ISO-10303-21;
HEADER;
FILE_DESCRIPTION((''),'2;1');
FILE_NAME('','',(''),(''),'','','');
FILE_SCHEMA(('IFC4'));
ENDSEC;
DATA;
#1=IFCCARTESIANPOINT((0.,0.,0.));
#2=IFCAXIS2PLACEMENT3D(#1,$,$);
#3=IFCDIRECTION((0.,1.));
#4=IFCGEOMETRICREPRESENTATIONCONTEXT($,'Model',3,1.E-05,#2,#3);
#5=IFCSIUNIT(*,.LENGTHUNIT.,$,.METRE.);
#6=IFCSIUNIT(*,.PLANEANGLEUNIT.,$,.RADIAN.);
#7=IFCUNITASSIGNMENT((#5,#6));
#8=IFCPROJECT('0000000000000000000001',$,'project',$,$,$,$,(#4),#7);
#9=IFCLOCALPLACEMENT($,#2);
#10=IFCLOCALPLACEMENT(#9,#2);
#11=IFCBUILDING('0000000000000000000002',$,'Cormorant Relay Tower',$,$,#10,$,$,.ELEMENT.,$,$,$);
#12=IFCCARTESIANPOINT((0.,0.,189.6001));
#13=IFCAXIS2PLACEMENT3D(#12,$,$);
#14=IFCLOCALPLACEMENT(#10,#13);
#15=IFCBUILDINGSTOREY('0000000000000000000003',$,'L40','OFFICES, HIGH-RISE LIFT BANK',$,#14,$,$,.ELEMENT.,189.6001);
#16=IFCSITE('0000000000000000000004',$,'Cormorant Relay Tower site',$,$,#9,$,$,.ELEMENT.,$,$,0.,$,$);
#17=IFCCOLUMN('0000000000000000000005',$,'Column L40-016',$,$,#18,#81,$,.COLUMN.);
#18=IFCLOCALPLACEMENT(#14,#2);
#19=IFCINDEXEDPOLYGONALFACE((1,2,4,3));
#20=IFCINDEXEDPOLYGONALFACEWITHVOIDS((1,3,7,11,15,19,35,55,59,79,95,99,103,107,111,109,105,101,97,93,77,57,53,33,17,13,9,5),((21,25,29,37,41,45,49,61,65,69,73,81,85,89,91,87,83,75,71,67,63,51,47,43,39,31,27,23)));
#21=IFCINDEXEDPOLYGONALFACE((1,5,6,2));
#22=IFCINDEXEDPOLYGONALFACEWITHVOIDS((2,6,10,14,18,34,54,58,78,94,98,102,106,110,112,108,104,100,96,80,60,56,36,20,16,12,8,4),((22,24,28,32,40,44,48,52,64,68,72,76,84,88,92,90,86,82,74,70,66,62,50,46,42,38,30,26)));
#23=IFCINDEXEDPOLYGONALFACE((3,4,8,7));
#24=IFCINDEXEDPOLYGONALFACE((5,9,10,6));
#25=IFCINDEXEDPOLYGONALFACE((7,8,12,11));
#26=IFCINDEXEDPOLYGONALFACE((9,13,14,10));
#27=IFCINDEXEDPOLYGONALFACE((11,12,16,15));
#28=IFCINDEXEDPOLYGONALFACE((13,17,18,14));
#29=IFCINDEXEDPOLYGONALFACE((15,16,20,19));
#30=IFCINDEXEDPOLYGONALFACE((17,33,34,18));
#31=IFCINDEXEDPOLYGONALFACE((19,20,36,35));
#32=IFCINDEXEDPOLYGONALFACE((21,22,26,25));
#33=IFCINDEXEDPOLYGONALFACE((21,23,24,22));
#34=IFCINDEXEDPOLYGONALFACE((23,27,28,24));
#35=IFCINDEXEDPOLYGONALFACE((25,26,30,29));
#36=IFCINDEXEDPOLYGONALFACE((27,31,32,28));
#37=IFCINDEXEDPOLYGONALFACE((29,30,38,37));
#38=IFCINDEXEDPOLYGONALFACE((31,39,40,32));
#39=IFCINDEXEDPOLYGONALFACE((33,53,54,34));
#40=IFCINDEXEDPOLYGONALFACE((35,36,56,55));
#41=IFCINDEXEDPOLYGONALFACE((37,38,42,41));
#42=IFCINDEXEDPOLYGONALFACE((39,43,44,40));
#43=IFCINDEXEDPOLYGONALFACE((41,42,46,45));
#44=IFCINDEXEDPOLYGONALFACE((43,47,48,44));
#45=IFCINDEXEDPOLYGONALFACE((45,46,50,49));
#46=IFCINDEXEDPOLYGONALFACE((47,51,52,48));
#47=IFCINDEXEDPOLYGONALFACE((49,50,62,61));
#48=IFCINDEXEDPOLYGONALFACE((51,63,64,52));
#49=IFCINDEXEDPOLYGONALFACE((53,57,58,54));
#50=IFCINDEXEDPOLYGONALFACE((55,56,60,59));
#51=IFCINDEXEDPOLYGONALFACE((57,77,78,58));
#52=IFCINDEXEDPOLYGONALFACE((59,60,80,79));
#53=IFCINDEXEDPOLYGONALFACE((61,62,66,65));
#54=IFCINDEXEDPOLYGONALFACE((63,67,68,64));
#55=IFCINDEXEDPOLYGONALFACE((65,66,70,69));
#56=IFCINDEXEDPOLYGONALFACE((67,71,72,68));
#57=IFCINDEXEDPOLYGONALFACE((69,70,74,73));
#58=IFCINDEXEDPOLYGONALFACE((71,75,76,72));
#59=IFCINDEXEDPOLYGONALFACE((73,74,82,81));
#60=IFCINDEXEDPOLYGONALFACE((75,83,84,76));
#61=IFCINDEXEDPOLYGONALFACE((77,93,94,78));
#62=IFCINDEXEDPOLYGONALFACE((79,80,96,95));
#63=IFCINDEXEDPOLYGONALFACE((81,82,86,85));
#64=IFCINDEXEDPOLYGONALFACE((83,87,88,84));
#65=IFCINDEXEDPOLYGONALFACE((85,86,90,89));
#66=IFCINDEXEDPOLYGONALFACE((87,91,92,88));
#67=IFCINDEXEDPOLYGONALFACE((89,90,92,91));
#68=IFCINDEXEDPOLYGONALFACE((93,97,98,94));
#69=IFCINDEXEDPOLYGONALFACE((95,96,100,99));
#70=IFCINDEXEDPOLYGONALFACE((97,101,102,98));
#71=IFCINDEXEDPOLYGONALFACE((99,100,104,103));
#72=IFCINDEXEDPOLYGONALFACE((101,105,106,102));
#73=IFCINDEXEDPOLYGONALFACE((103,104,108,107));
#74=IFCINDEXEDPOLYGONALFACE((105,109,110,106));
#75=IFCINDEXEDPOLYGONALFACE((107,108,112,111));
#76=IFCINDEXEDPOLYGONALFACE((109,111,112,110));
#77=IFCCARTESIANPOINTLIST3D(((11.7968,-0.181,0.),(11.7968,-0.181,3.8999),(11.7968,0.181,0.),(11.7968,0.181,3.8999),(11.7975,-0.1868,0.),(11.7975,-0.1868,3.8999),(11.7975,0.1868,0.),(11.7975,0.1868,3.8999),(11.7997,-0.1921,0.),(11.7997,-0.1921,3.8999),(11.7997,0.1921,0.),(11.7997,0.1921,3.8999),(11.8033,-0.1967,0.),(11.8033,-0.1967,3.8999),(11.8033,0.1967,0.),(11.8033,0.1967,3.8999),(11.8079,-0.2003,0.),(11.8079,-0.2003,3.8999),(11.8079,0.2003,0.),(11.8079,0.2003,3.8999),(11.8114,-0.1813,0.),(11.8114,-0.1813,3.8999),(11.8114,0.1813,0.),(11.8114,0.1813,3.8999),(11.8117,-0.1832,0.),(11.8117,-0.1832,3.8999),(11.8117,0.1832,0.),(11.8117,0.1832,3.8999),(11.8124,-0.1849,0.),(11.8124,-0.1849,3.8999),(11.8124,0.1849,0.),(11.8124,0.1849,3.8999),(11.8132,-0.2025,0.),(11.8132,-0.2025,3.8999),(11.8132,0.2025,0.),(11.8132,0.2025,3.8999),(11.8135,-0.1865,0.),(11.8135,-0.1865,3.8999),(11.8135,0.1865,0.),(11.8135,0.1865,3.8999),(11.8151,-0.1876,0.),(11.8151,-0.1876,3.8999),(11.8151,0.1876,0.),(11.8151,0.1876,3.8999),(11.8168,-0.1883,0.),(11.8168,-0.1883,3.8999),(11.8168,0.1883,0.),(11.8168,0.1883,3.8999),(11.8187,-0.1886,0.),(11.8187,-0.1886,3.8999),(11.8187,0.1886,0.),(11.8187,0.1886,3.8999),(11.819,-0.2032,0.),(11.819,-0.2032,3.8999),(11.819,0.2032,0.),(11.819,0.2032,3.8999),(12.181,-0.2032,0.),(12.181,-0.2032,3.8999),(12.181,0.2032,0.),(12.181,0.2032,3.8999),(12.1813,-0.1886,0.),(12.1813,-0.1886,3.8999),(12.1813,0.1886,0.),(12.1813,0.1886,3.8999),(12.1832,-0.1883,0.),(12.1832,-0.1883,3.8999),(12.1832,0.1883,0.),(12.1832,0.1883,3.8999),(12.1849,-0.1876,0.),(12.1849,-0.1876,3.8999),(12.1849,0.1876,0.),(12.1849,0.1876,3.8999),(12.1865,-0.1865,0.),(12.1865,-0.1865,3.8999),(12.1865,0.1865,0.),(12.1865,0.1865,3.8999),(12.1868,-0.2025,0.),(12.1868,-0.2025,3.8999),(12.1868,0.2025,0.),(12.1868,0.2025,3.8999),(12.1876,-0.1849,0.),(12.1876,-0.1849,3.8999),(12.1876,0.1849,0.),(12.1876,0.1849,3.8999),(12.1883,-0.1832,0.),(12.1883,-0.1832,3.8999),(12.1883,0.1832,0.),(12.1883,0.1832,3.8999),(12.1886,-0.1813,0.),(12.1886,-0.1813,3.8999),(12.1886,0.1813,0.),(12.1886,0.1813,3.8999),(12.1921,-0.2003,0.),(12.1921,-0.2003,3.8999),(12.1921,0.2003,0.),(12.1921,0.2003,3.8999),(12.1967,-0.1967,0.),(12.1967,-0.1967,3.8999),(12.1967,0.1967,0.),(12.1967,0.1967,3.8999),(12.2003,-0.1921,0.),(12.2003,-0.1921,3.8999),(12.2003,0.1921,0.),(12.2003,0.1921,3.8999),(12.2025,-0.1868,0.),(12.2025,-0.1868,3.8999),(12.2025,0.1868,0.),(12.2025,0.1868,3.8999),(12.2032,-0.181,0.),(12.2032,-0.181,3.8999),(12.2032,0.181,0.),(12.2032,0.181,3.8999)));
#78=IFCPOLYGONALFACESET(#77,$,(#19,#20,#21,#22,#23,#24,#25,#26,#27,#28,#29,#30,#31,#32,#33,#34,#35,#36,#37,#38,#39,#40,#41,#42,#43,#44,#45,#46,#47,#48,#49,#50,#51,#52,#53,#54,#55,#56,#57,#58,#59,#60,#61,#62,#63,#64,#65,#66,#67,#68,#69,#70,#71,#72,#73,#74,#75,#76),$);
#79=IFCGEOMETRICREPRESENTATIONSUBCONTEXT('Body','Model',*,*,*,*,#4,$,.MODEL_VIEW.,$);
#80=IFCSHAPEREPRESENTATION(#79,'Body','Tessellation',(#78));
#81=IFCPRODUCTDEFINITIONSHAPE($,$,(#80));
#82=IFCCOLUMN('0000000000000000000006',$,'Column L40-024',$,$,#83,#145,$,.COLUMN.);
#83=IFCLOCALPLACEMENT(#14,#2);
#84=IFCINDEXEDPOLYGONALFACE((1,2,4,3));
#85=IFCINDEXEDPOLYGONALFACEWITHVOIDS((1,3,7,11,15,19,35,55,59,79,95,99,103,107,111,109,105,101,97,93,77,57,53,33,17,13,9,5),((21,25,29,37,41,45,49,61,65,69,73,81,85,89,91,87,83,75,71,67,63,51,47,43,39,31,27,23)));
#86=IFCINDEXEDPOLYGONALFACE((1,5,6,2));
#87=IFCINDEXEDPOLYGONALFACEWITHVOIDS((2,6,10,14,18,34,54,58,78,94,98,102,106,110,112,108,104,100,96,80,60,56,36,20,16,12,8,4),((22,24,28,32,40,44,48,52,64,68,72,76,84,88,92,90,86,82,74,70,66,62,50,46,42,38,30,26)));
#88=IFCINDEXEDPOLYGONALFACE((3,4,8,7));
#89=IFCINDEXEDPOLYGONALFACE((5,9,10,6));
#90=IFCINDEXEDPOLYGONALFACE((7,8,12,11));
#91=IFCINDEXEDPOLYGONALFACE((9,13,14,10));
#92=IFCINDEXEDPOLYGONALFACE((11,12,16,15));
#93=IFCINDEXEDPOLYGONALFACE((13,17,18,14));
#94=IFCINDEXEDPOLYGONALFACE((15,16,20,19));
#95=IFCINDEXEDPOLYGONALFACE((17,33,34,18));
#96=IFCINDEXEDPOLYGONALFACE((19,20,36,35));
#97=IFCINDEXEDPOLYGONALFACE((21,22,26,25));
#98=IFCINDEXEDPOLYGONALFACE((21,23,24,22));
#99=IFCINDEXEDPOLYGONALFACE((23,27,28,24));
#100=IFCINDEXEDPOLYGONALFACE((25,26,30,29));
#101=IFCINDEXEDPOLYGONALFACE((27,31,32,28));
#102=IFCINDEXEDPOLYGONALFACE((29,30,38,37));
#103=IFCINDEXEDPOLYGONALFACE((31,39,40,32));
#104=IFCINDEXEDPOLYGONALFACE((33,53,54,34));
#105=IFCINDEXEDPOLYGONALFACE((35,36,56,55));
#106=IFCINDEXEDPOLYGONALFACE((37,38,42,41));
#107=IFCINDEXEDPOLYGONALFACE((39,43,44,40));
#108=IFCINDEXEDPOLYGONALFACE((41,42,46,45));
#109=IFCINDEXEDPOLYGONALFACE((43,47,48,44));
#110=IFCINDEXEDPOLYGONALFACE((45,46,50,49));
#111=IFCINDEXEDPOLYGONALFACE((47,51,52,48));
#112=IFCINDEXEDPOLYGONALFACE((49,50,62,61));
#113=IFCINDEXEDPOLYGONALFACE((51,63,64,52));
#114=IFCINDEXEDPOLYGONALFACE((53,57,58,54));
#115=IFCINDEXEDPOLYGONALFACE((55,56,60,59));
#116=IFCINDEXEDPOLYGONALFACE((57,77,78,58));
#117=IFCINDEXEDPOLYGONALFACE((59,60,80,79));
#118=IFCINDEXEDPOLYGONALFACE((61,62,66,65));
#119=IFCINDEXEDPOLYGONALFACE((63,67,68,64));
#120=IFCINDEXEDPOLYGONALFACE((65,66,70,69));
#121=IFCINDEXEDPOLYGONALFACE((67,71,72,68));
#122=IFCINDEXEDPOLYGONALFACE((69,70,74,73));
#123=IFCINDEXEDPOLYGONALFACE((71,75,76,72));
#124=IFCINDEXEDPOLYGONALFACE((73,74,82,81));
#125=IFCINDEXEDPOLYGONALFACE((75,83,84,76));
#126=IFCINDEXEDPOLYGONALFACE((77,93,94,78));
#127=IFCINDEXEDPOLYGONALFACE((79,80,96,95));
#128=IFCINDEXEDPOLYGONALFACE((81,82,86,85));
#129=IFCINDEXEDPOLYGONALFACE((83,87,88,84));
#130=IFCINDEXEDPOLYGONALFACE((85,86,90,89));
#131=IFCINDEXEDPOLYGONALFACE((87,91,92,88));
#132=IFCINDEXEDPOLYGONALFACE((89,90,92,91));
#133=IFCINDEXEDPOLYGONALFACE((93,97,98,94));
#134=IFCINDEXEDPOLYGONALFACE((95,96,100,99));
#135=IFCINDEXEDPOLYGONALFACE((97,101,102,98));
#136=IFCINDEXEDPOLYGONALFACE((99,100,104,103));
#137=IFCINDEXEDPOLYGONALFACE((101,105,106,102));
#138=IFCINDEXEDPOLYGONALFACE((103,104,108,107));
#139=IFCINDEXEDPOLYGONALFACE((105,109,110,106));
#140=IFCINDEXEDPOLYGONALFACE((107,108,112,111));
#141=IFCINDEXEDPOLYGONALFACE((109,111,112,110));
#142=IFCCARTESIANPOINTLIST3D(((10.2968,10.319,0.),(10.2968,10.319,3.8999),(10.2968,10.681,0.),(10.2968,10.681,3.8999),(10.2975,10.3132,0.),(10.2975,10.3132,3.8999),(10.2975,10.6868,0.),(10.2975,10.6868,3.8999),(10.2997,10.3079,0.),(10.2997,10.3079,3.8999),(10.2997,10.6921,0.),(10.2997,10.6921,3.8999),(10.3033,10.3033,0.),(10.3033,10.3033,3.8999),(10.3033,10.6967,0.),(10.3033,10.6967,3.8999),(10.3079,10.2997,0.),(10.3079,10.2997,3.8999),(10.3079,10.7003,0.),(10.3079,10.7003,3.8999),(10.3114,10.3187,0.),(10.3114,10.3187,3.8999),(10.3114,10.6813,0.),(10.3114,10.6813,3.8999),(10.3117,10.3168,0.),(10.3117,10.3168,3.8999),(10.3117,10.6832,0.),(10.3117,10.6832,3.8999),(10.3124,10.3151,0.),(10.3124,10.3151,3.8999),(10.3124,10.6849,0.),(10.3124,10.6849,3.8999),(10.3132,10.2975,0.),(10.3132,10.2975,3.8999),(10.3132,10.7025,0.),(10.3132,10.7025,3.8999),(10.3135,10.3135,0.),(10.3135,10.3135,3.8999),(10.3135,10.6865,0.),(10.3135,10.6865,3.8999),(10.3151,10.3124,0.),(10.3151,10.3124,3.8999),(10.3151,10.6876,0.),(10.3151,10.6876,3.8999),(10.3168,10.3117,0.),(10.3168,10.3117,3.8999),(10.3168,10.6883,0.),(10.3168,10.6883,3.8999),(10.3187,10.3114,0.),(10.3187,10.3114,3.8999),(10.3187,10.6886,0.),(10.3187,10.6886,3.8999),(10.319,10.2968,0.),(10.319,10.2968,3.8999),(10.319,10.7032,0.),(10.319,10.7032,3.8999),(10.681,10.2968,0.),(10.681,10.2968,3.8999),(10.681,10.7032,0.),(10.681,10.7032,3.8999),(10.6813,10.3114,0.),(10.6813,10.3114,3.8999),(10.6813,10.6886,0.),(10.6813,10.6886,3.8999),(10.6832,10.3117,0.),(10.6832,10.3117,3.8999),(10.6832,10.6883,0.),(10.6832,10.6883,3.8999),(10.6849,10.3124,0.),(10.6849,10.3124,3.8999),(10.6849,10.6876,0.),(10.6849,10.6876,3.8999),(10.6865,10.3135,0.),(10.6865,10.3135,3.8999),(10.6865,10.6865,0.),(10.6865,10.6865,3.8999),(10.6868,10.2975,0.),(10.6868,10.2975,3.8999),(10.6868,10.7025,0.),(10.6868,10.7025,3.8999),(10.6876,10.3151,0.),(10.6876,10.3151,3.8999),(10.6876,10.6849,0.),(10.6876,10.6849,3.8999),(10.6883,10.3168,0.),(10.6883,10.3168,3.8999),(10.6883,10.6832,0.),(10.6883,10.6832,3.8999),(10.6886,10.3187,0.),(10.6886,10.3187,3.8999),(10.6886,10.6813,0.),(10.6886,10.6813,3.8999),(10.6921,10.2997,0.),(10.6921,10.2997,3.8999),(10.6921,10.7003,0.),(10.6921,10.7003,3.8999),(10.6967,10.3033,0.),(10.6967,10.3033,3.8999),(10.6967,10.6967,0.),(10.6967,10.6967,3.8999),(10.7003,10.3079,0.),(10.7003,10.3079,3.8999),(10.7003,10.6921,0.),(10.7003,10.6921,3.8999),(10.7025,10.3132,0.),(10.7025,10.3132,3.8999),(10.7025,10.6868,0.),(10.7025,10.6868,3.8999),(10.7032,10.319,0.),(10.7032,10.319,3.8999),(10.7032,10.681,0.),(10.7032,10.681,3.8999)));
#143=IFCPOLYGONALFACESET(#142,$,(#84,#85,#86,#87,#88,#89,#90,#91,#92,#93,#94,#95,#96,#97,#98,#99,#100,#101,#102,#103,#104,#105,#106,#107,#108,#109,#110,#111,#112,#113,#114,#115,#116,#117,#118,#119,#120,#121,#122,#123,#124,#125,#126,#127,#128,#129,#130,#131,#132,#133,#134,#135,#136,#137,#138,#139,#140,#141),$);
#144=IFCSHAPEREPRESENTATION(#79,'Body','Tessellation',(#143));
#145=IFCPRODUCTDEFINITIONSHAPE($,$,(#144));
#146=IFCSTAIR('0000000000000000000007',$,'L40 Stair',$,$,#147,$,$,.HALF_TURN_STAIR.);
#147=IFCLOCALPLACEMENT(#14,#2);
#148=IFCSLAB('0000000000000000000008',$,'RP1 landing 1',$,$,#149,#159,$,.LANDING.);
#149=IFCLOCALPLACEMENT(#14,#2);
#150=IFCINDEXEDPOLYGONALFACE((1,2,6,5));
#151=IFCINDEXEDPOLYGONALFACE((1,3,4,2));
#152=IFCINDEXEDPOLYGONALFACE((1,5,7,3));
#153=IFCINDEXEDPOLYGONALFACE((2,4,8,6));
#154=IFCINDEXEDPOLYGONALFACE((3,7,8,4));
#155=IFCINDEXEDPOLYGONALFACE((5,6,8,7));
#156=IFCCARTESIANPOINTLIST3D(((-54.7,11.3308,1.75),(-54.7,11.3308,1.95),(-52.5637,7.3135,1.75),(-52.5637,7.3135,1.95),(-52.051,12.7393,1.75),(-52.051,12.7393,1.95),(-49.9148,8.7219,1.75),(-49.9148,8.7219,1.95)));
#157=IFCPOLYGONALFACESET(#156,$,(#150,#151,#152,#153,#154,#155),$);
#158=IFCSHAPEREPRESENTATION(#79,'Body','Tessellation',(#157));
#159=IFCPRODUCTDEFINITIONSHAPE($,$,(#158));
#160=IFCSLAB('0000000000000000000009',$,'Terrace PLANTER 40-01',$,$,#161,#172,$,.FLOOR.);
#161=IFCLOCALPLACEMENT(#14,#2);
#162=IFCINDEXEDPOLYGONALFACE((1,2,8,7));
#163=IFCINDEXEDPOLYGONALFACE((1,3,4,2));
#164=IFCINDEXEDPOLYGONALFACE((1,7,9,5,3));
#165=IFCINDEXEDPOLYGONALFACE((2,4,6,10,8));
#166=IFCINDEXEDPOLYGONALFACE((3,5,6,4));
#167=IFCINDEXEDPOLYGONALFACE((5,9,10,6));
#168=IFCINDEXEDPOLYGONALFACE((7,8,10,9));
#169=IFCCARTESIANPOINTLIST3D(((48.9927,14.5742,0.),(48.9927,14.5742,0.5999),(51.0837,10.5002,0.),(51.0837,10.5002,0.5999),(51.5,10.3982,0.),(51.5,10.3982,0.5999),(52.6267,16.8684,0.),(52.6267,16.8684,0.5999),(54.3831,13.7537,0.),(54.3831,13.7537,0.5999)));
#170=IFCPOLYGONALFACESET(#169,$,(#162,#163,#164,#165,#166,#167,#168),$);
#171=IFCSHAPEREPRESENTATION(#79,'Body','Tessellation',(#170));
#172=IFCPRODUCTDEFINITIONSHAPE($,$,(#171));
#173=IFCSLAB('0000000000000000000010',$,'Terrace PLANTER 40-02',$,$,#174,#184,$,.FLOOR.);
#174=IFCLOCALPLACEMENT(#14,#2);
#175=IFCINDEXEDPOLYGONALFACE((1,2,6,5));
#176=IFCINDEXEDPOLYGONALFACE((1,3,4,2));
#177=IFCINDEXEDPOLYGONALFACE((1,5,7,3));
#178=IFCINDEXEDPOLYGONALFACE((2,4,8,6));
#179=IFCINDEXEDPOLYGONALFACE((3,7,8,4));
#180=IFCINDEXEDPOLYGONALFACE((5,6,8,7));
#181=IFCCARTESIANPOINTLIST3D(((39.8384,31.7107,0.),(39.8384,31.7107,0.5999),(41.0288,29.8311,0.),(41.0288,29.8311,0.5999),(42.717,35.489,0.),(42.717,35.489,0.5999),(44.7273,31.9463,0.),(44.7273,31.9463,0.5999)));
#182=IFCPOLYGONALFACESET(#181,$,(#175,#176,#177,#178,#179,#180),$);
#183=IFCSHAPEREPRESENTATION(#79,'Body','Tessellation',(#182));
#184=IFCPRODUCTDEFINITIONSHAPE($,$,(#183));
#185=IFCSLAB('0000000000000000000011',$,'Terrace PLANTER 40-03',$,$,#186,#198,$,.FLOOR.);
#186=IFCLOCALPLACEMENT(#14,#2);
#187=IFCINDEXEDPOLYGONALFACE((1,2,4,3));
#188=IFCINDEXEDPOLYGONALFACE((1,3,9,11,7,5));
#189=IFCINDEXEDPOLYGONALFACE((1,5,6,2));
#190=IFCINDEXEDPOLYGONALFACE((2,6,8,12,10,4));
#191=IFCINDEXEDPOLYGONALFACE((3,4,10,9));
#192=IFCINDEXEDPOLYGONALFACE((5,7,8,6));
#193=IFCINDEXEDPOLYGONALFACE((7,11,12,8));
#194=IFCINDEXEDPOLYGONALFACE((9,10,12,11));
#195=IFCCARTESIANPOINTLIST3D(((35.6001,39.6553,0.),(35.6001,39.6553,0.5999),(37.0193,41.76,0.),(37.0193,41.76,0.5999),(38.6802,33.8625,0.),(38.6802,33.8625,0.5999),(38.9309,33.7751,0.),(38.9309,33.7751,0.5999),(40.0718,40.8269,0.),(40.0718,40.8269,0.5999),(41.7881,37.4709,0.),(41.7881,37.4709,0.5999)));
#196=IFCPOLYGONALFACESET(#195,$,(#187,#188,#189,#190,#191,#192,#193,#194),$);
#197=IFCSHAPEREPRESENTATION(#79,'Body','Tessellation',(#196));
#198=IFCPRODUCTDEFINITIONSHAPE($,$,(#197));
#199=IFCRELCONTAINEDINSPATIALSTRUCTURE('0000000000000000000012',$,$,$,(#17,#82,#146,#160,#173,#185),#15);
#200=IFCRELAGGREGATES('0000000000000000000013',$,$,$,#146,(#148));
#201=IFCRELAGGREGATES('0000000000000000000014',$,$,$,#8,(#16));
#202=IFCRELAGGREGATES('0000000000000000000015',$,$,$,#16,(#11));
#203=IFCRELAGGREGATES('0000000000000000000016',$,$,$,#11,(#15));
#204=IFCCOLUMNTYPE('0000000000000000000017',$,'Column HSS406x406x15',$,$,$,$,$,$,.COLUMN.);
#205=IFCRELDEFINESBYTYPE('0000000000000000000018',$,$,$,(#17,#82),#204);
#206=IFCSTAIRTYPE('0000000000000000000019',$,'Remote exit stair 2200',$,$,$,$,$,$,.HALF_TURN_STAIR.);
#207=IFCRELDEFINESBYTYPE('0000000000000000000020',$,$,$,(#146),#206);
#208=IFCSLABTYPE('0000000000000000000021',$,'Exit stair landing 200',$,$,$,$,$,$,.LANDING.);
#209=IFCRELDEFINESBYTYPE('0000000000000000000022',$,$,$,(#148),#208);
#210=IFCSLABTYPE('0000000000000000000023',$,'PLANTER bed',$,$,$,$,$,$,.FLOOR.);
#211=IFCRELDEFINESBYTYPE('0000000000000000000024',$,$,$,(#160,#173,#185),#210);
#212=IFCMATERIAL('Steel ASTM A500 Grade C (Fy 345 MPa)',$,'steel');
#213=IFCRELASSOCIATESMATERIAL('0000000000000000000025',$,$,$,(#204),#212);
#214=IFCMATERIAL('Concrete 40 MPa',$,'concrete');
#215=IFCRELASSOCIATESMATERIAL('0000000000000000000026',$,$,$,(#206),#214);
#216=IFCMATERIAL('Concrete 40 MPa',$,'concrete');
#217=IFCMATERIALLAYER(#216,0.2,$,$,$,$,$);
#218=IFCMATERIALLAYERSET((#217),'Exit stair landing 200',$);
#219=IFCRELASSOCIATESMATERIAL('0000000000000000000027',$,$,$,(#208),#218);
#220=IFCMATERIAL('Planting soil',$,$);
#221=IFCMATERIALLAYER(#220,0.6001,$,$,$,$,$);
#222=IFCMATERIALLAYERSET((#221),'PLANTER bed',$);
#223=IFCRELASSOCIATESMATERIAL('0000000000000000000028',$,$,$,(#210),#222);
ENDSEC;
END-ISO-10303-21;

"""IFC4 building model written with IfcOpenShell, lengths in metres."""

from ifc_helpers import new_model, si_unit, direction, frame, origin, origin_2d, place, context, subcontext, project, spatial, polyline, hollow_rectangle, outline, extrude, material, layer, layer_set, material_profile, profile_set, type_object, element, aggregate, save


model = new_model("IFC4")

# Units and contexts
model_context = context("Model", 3, precision=1e-05, world=origin(), true_north=direction((0.0, 1.0)))
body_context = subcontext(model_context, "Body", "Model", "MODEL_VIEW")
ifc_project = project(units=[si_unit("LENGTHUNIT", "METRE"), si_unit("PLANEANGLEUNIT", "RADIAN")], contexts=[model_context])

# Site, building, storey
site_placement = place(None, origin())
site = spatial("IfcSite", under=ifc_project, at=site_placement, Name="Cormorant Relay Tower site", CompositionType="ELEMENT", RefElevation=0.0)
building_placement = place(site_placement, origin())
building = spatial("IfcBuilding", under=site, at=building_placement, Name="Cormorant Relay Tower", CompositionType="ELEMENT")
storey_placement = place(building_placement, frame((0.0, 0.0, 189.6001)))
storey = spatial("IfcBuildingStorey", under=building, at=storey_placement, Name="L40", Description="OFFICES, HIGH-RISE LIFT BANK", CompositionType="ELEMENT", Elevation=189.6001)

# Columns
ifc_material_1 = material(Name="Steel ASTM A500 Grade C (Fy 345 MPa)", Category="steel")
ifc_material_profile = material_profile(ifc_material_1, hollow_rectangle(XDim=0.4065, YDim=0.4065, WallThickness=0.0146, InnerFilletRadius=0.0073, OuterFilletRadius=0.0222, at=origin_2d()), Name="HSS406x406x15")
ifc_profile_set = profile_set([ifc_material_profile], Name="Steel ASTM A500 Grade C (Fy 345 MPa)")
column_type = type_object("IfcColumnType", Name="Column HSS406x406x15", PredefinedType="COLUMN", material=ifc_profile_set)
for number, where, z_axis, x_axis, name in (
    (1, (12.0, 0.0, 0.0), (0.0, 0.0, 1.0), (1.0, 0.0, 0.0), "Column L40-016"),
    (2, (10.5, 10.5, 0.0), (0.0, 0.0, 1.0), (1.0, 0.0, 0.0), "Column L40-024"),
):
    element("IfcColumn", number, at=place(storey_placement, frame(where, z_axis=z_axis, x_axis=x_axis)), inside=storey, type_object=column_type, Name=name, PredefinedType="COLUMN", context=body_context, shape_type="SweptSolid", body=[
        extrude(hollow_rectangle(XDim=0.4065, YDim=0.4065, WallThickness=0.0146, InnerFilletRadius=0.0073, OuterFilletRadius=0.0222, at=origin_2d()), origin(), (0.0, 0.0, 1.0), 3.8999),
    ])

# Stair, slab
ifc_material_2 = material(Name="Concrete 40 MPa", Category="concrete")
stair_type = type_object("IfcStairType", Name="Remote exit stair 2200", PredefinedType="HALF_TURN_STAIR", material=ifc_material_2)
stair_placement = place(storey_placement, origin())
stair = element("IfcStair", 3, at=stair_placement, inside=storey, type_object=stair_type, Name="L40 Stair", PredefinedType="HALF_TURN_STAIR")
ifc_material_3 = material(Name="Concrete 40 MPa", Category="concrete")
ifc_layer_1 = layer(ifc_material_3, 0.2)
ifc_layer_set_1 = layer_set([ifc_layer_1], Name="Exit stair landing 200")
slab_type_1 = type_object("IfcSlabType", Name="Exit stair landing 200", PredefinedType="LANDING", material=ifc_layer_set_1)
slab_1_placement = place(storey_placement, frame((0.0, 0.0, 1.75)))
slab_1 = element("IfcSlab", 4, at=slab_1_placement, type_object=slab_type_1, Name="RP1 landing 1", PredefinedType="LANDING", context=body_context, shape_type="SweptSolid", body=[
    extrude(outline(polyline([(-52.051, 12.7393), (-54.7, 11.3308), (-52.5637, 7.3135), (-49.9148, 8.7219), (-52.051, 12.7393)])), origin(), (0.0, 0.0, 1.0), 0.2),
])
aggregate(stair, [slab_1])

# Slabs
ifc_material_4 = material(Name="Planting soil")
ifc_layer_2 = layer(ifc_material_4, 0.6001)
ifc_layer_set_2 = layer_set([ifc_layer_2], Name="PLANTER bed")
slab_type_2 = type_object("IfcSlabType", Name="PLANTER bed", PredefinedType="FLOOR", material=ifc_layer_set_2)
slab_2_placement = place(storey_placement, origin())
element("IfcSlab", 5, at=slab_2_placement, inside=storey, type_object=slab_type_2, Name="Terrace PLANTER 40-01", PredefinedType="FLOOR", context=body_context, shape_type="SweptSolid", body=[
    extrude(outline(polyline([(51.5, 10.3982), (54.3831, 13.7537), (52.6267, 16.8684), (48.9927, 14.5742), (51.0837, 10.5002), (51.5, 10.3982)])), origin(), (0.0, 0.0, 1.0), 0.5999),
])
slab_3_placement = place(storey_placement, origin())
element("IfcSlab", 6, at=slab_3_placement, inside=storey, type_object=slab_type_2, Name="Terrace PLANTER 40-02", PredefinedType="FLOOR", context=body_context, shape_type="SweptSolid", body=[
    extrude(outline(polyline([(41.0288, 29.8311), (44.7273, 31.9463), (42.717, 35.489), (39.8384, 31.7107), (41.0288, 29.8311)])), origin(), (0.0, 0.0, 1.0), 0.5999),
])
slab_4_placement = place(storey_placement, origin())
element("IfcSlab", 7, at=slab_4_placement, inside=storey, type_object=slab_type_2, Name="Terrace PLANTER 40-03", PredefinedType="FLOOR", context=body_context, shape_type="SweptSolid", body=[
    extrude(outline(polyline([(38.9309, 33.7751), (41.7881, 37.4709), (40.0718, 40.8269), (37.0193, 41.76), (35.6001, 39.6553), (38.6802, 33.8625), (38.9309, 33.7751)])), origin(), (0.0, 0.0, 1.0), 0.5999),
])

save(model, "model.ifc")
